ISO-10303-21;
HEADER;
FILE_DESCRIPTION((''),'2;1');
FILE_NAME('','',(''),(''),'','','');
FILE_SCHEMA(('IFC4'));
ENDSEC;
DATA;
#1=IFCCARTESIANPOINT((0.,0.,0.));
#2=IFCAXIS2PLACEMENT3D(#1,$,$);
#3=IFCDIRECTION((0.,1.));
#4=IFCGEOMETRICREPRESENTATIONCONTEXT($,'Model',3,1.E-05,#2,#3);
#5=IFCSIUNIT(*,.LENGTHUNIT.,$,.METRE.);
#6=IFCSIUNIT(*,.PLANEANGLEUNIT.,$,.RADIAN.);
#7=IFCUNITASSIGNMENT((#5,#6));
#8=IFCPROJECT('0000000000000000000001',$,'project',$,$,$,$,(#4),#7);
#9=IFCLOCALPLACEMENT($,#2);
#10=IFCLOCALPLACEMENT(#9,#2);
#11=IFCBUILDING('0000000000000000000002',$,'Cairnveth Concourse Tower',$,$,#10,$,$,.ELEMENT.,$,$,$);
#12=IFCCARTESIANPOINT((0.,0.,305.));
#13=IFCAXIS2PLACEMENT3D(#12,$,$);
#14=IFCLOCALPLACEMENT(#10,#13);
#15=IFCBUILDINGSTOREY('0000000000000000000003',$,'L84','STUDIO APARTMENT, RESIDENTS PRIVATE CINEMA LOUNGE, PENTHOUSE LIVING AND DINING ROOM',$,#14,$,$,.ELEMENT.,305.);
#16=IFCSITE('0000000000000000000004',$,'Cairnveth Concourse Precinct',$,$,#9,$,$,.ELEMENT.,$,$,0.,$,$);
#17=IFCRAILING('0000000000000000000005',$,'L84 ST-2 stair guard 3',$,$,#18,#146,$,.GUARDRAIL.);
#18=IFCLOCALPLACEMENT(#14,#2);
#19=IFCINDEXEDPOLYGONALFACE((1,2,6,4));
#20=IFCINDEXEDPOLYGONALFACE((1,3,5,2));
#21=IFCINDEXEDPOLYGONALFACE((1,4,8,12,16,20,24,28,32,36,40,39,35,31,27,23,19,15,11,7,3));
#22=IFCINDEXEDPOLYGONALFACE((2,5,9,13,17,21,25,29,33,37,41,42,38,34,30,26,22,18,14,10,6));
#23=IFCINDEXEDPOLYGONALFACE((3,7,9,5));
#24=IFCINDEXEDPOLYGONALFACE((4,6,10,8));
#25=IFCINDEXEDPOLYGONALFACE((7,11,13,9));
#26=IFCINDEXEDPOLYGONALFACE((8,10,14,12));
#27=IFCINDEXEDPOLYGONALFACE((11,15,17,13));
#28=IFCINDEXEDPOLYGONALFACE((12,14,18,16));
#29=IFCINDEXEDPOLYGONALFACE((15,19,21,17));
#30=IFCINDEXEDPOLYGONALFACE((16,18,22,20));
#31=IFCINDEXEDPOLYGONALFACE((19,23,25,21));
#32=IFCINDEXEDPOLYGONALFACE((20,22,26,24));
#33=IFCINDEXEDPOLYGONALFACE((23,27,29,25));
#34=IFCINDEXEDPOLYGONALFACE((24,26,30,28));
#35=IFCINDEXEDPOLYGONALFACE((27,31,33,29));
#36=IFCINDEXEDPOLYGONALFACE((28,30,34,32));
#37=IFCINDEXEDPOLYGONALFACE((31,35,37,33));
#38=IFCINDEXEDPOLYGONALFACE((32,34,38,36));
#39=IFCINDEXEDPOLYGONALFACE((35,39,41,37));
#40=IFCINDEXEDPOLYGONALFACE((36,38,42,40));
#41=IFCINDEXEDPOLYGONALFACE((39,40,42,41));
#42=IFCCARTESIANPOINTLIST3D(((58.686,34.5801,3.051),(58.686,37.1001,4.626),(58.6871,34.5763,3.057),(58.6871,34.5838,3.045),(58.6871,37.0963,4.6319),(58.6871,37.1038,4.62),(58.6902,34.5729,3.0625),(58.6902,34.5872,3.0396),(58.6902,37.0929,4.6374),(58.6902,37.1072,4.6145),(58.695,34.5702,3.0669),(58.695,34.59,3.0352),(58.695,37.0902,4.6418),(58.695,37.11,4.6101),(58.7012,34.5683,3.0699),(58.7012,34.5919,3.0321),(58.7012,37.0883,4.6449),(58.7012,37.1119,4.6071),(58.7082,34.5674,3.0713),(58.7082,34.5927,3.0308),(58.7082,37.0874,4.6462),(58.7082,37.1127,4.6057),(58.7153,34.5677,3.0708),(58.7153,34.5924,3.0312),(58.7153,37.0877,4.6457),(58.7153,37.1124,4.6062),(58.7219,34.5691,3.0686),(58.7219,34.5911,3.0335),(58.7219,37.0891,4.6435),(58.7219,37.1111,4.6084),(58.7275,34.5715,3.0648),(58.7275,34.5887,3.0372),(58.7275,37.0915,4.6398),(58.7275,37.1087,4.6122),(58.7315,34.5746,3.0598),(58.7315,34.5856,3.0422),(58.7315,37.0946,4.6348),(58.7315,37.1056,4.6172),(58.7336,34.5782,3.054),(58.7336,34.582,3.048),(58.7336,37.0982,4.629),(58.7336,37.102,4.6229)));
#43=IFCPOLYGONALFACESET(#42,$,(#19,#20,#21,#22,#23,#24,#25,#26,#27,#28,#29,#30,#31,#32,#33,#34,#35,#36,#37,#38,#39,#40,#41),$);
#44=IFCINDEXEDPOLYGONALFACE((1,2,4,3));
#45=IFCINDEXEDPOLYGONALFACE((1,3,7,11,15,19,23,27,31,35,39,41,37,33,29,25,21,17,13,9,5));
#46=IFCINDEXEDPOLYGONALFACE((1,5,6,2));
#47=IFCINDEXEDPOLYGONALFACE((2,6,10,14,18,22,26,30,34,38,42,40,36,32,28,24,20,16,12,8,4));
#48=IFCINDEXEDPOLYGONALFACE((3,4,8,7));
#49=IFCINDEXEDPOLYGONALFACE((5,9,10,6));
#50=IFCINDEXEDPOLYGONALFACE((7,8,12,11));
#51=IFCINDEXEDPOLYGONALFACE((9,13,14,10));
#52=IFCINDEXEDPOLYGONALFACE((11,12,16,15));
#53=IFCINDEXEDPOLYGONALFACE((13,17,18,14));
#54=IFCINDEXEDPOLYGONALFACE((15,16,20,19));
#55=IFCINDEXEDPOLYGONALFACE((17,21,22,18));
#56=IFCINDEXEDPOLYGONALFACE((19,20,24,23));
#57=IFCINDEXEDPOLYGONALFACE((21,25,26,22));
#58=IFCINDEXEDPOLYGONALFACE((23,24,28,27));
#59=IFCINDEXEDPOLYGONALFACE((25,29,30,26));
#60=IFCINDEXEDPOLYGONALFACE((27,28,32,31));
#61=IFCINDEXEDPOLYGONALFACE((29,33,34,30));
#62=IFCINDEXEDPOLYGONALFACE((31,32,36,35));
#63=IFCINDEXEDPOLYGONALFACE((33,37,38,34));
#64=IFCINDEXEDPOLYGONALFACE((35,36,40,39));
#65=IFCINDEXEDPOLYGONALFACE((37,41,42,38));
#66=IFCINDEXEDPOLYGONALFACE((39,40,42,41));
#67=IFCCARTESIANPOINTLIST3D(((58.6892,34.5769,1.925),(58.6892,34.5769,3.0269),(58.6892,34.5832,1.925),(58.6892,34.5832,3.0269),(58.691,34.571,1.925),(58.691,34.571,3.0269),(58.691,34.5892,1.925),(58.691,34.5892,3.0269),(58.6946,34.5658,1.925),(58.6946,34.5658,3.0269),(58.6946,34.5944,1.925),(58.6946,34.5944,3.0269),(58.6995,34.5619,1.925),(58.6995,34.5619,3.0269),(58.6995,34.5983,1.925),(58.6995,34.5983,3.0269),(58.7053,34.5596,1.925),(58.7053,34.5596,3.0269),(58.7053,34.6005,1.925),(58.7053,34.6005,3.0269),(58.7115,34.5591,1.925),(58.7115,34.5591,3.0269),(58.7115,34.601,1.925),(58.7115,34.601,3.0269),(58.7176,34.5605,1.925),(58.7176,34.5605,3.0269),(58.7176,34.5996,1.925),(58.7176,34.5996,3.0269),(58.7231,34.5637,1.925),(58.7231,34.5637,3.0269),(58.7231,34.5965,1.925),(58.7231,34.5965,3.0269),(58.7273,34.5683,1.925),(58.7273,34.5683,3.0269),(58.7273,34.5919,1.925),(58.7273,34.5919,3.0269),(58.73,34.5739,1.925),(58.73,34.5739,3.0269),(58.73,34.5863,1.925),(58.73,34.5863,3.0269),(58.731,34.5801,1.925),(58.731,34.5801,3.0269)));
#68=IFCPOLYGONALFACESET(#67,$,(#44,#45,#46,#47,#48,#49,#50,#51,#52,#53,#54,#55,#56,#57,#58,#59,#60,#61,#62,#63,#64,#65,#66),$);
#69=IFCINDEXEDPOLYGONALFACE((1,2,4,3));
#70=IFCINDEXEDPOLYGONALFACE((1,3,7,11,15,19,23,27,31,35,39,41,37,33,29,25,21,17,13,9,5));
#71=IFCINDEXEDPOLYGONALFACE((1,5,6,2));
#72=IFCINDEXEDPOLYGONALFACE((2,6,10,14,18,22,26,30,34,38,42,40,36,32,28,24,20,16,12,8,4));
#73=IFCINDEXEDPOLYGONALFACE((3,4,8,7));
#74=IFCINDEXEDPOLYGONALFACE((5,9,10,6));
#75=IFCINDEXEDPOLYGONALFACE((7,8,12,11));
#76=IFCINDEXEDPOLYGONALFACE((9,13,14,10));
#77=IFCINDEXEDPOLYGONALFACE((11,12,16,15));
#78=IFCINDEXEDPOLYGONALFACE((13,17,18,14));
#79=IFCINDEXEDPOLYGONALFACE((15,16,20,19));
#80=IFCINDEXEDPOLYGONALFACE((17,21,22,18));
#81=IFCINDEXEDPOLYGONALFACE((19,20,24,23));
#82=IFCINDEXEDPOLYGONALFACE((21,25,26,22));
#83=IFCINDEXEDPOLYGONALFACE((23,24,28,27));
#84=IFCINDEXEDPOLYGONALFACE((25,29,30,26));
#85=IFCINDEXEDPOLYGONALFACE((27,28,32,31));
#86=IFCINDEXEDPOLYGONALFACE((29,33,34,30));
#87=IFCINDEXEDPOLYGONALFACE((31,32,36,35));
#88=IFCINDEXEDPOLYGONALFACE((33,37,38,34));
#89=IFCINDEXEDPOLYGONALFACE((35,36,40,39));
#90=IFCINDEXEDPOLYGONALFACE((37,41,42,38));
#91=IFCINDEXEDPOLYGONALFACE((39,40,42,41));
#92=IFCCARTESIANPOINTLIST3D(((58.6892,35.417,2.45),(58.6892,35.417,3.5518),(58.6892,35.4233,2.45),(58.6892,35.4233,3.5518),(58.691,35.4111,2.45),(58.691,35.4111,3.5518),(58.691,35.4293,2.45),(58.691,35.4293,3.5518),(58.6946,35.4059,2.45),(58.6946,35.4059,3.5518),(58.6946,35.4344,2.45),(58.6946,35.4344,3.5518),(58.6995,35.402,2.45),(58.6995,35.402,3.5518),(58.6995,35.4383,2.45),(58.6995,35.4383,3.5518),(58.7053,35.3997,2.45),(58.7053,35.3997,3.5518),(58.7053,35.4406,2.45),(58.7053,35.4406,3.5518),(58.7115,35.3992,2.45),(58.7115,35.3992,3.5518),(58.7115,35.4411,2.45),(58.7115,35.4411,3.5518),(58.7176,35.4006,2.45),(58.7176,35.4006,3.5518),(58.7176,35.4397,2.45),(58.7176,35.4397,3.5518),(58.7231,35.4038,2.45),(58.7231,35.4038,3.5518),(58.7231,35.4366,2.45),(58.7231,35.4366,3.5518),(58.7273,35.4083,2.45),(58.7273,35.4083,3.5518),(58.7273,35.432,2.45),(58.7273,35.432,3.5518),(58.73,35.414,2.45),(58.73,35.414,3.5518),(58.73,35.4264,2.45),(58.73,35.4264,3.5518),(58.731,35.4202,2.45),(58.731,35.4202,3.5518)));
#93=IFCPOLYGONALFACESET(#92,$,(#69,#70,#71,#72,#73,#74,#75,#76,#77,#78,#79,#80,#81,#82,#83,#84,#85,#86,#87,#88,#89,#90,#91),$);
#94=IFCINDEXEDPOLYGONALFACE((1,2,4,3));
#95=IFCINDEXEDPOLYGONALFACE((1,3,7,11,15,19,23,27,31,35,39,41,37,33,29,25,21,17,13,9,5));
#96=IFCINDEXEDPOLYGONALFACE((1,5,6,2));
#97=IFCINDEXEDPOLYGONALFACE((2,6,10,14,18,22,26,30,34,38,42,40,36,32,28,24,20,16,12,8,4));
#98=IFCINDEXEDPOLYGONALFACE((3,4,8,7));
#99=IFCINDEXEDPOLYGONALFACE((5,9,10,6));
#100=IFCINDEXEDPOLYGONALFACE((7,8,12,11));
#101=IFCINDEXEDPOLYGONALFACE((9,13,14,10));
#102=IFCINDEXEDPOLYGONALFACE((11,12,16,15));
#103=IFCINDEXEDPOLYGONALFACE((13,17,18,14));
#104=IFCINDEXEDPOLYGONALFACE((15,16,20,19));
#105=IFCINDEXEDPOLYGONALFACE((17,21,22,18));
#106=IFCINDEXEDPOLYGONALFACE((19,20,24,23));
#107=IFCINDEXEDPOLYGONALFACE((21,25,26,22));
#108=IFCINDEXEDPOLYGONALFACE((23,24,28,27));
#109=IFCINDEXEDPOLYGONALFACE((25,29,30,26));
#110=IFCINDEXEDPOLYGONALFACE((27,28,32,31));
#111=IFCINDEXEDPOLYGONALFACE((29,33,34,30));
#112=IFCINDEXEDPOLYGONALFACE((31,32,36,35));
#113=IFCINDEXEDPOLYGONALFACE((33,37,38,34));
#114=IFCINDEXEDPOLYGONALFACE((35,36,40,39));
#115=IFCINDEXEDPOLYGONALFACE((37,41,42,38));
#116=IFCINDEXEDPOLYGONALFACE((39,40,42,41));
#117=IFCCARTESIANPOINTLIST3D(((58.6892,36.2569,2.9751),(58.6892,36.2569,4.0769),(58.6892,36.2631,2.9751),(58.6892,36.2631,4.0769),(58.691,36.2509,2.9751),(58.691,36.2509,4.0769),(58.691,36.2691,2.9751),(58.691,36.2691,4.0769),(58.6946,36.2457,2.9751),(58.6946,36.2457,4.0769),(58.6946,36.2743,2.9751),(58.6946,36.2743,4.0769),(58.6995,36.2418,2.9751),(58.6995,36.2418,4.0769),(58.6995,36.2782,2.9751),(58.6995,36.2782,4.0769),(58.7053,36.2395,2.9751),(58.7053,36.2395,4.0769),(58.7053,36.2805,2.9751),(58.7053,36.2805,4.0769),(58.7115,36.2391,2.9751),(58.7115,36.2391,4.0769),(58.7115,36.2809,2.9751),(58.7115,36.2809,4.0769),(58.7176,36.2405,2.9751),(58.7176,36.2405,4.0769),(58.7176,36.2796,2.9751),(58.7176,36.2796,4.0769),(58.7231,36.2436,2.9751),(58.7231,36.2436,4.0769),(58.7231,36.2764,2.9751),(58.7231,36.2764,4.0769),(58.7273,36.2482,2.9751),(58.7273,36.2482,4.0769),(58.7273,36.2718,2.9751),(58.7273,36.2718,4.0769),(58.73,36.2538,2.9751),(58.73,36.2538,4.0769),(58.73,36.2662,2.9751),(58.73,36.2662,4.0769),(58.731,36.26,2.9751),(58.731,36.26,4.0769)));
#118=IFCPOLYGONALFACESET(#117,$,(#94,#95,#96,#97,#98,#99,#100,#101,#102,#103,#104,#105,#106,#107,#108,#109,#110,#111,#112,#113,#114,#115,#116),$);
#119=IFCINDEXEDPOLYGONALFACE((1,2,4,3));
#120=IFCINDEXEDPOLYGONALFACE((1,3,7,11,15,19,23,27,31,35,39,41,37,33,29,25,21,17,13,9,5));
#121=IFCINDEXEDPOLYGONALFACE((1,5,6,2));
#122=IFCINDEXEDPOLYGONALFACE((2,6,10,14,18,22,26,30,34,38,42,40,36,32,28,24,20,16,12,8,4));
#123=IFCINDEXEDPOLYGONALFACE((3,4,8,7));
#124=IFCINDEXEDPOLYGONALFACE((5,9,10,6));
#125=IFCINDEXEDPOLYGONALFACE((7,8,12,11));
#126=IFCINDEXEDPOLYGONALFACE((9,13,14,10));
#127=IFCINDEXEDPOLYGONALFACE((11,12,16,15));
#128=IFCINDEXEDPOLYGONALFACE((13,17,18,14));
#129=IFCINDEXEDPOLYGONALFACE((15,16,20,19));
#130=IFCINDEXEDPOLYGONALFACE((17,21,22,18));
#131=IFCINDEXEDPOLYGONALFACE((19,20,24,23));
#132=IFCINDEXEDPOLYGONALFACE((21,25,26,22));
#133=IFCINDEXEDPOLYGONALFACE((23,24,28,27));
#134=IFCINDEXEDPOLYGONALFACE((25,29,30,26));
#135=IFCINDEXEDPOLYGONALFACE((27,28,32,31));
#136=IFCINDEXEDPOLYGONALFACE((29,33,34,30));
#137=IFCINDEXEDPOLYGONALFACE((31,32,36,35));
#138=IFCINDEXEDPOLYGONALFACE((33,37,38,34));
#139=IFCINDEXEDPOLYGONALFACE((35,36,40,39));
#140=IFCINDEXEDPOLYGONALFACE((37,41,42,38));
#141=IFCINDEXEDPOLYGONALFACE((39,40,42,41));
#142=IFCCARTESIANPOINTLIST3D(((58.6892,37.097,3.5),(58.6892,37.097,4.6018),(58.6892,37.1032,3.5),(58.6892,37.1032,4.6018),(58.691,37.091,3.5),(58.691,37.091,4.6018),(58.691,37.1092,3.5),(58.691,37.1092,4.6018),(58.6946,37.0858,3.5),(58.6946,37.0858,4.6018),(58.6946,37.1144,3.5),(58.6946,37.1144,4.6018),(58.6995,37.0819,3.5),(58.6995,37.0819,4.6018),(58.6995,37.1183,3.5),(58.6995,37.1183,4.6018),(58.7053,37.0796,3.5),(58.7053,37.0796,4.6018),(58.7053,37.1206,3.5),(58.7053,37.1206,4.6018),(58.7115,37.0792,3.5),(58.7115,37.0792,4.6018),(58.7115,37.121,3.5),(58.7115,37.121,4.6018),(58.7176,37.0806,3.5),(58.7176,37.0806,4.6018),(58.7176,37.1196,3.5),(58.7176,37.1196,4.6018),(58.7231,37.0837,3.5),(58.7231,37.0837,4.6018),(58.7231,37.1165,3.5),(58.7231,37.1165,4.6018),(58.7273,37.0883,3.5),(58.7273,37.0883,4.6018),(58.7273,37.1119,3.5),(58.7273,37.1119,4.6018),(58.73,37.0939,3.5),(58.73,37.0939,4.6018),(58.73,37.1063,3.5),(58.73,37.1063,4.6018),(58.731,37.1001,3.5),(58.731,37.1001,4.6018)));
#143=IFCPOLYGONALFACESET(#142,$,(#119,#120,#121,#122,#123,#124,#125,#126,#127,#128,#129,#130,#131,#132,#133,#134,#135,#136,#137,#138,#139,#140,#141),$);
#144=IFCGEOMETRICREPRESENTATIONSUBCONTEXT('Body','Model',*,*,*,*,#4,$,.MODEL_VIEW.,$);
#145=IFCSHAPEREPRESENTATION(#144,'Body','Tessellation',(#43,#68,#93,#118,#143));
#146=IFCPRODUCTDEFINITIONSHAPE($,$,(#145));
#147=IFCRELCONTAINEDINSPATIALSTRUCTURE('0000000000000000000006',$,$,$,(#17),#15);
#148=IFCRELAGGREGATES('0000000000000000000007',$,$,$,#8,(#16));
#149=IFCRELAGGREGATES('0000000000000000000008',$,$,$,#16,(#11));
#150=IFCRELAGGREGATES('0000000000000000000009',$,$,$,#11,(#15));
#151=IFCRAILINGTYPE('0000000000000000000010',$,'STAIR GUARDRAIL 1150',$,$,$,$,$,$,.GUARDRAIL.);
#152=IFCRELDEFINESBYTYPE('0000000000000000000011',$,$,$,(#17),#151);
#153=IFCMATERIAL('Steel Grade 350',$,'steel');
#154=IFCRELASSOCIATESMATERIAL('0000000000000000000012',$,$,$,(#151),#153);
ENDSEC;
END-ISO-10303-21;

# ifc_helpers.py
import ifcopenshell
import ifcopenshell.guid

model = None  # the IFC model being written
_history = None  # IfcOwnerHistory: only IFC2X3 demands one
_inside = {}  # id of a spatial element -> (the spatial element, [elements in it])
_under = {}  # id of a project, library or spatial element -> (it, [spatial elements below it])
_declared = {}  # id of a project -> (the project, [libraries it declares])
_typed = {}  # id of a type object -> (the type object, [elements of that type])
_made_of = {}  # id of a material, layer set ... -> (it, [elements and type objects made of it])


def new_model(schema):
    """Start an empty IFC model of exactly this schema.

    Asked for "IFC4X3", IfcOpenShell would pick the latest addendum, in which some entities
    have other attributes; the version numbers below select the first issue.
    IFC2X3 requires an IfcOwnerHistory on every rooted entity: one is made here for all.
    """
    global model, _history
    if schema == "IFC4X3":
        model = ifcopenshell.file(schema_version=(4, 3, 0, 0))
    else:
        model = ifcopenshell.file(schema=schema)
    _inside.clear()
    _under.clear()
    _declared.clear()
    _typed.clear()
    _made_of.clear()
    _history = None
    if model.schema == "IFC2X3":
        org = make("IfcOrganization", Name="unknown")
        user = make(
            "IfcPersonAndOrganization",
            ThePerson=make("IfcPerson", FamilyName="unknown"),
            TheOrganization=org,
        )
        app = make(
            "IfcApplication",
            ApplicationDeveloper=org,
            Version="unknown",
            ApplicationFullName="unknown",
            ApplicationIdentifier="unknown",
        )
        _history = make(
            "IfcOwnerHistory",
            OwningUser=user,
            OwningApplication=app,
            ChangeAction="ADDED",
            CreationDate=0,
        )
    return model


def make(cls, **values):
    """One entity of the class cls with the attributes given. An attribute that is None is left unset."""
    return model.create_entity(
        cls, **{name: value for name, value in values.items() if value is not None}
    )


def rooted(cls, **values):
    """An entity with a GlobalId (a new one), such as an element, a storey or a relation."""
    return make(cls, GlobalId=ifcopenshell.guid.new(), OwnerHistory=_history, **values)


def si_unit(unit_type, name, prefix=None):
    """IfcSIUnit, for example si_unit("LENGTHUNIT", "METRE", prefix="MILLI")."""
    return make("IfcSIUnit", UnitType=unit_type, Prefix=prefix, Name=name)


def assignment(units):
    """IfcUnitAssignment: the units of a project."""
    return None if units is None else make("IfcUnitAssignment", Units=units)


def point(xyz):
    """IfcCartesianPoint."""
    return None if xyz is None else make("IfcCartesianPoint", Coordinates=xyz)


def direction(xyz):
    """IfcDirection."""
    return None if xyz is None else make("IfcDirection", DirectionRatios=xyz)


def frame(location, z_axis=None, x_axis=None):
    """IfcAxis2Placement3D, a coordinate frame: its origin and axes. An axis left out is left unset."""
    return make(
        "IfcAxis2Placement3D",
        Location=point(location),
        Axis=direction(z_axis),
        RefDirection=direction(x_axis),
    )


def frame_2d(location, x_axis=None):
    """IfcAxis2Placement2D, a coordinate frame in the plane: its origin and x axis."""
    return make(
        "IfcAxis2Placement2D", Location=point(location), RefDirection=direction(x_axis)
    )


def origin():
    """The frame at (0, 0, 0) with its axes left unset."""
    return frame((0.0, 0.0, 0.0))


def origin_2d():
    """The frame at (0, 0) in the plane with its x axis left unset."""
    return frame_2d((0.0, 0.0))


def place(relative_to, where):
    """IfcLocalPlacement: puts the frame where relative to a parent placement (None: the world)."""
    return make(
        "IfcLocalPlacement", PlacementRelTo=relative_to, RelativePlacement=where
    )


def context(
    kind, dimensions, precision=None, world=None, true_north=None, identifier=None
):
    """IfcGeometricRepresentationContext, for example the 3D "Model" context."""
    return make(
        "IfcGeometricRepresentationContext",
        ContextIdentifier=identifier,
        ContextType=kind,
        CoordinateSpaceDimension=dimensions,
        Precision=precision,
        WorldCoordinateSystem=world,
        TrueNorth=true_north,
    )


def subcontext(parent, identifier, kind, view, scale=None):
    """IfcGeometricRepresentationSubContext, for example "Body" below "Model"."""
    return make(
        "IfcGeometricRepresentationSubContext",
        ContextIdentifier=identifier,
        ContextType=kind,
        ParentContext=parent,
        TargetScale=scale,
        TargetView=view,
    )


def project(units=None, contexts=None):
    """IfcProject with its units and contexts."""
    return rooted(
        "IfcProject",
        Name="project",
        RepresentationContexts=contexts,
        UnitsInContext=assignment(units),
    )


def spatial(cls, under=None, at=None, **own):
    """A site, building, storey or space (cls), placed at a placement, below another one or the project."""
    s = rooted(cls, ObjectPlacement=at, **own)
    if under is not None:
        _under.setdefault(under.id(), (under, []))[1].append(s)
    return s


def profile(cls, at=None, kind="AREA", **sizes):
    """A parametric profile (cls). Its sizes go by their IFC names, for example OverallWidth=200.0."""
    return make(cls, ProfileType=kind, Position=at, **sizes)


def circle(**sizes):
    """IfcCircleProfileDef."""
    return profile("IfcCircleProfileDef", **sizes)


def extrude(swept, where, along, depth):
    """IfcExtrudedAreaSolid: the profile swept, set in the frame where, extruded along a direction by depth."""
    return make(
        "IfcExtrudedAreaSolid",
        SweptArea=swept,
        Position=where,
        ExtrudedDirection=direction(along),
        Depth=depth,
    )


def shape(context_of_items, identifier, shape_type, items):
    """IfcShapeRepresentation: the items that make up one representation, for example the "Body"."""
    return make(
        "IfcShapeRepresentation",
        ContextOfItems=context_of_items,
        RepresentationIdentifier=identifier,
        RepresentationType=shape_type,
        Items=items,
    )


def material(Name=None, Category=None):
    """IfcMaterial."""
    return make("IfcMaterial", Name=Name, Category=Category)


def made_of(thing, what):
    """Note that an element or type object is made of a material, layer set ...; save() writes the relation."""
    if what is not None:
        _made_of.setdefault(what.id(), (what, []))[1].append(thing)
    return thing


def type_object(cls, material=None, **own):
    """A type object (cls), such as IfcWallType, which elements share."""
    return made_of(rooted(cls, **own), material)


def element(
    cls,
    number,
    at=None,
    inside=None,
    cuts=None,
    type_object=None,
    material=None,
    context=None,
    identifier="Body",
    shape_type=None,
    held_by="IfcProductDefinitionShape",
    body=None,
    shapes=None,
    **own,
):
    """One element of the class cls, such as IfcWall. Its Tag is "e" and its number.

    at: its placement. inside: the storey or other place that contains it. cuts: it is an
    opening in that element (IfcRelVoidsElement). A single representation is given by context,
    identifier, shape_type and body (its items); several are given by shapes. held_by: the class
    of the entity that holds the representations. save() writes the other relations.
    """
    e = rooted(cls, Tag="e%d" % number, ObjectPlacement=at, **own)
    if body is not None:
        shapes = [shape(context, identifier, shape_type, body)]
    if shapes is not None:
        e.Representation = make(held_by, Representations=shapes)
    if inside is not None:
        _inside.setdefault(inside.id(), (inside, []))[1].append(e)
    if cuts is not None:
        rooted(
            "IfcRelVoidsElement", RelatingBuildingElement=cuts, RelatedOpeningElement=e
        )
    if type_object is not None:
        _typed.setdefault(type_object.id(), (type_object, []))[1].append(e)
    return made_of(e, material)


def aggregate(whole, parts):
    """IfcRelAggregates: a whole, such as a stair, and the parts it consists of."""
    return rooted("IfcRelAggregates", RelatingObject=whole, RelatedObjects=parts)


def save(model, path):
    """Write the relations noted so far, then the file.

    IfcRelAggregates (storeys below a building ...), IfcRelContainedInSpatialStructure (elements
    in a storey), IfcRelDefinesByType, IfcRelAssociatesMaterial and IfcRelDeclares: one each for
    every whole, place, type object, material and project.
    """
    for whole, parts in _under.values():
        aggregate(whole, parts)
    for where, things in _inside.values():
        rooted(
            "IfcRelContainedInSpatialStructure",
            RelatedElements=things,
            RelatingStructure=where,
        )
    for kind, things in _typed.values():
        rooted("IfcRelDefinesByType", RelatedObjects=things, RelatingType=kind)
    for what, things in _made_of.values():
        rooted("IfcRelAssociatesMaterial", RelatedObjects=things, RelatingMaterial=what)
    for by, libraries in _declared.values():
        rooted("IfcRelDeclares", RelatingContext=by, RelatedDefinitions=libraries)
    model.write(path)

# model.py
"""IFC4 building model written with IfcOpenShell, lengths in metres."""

from ifc_helpers import new_model, si_unit, direction, frame, origin, origin_2d, place, context, subcontext, project, spatial, circle, extrude, material, type_object, element, save


model = new_model("IFC4")

# Units and contexts
model_context = context("Model", 3, precision=1e-05, world=origin(), true_north=direction((0.0, 1.0)))
body_context = subcontext(model_context, "Body", "Model", "MODEL_VIEW")
ifc_project = project(units=[si_unit("LENGTHUNIT", "METRE"), si_unit("PLANEANGLEUNIT", "RADIAN")], contexts=[model_context])

# Site, building, storey
site_placement = place(None, origin())
site = spatial("IfcSite", under=ifc_project, at=site_placement, Name="Cairnveth Concourse Precinct", CompositionType="ELEMENT", RefElevation=0.0)
building_placement = place(site_placement, origin())
building = spatial("IfcBuilding", under=site, at=building_placement, Name="Cairnveth Concourse Tower", CompositionType="ELEMENT")
storey_placement = place(building_placement, frame((0.0, 0.0, 305.0)))
storey = spatial("IfcBuildingStorey", under=building, at=storey_placement, Name="L84", Description="STUDIO APARTMENT, RESIDENTS PRIVATE CINEMA LOUNGE, PENTHOUSE LIVING AND DINING ROOM", CompositionType="ELEMENT", Elevation=305.0)

# Shared definitions
ifc_material_1 = material(Name="Steel Grade 350", Category="steel")

# Railing
railing_type_1 = type_object("IfcRailingType", Name="STAIR GUARDRAIL 1150", PredefinedType="GUARDRAIL", material=ifc_material_1)
railing_1_placement = place(storey_placement, frame((58.71, 34.5801, 1.925)))
element("IfcRailing", 1, at=railing_1_placement, inside=storey, type_object=railing_type_1, Name="L84 ST-2 stair guard 3", PredefinedType="GUARDRAIL", context=body_context, shape_type="SweptSolid", body=[
    extrude(circle(Radius=0.0239, at=origin_2d()), frame((0.0, 0.0, 1.126), z_axis=(0.0, 0.848008, 0.529984), x_axis=(-1.0, 0.0, 0.0)), (0.0, 0.0, 1.0), 2.9717),
    extrude(circle(Radius=0.021, at=origin_2d()), origin(), (0.0, 0.0, 1.0), 1.1018),
    extrude(circle(Radius=0.021, at=origin_2d()), frame((0.0, 0.8401, 0.5249)), (0.0, 0.0, 1.0), 1.1018),
    extrude(circle(Radius=0.021, at=origin_2d()), frame((0.0, 1.6799, 1.05)), (0.0, 0.0, 1.0), 1.1018),
    extrude(circle(Radius=0.021, at=origin_2d()), frame((0.0, 2.52, 1.575)), (0.0, 0.0, 1.0), 1.1018),
])

save(model, "model.ifc")
